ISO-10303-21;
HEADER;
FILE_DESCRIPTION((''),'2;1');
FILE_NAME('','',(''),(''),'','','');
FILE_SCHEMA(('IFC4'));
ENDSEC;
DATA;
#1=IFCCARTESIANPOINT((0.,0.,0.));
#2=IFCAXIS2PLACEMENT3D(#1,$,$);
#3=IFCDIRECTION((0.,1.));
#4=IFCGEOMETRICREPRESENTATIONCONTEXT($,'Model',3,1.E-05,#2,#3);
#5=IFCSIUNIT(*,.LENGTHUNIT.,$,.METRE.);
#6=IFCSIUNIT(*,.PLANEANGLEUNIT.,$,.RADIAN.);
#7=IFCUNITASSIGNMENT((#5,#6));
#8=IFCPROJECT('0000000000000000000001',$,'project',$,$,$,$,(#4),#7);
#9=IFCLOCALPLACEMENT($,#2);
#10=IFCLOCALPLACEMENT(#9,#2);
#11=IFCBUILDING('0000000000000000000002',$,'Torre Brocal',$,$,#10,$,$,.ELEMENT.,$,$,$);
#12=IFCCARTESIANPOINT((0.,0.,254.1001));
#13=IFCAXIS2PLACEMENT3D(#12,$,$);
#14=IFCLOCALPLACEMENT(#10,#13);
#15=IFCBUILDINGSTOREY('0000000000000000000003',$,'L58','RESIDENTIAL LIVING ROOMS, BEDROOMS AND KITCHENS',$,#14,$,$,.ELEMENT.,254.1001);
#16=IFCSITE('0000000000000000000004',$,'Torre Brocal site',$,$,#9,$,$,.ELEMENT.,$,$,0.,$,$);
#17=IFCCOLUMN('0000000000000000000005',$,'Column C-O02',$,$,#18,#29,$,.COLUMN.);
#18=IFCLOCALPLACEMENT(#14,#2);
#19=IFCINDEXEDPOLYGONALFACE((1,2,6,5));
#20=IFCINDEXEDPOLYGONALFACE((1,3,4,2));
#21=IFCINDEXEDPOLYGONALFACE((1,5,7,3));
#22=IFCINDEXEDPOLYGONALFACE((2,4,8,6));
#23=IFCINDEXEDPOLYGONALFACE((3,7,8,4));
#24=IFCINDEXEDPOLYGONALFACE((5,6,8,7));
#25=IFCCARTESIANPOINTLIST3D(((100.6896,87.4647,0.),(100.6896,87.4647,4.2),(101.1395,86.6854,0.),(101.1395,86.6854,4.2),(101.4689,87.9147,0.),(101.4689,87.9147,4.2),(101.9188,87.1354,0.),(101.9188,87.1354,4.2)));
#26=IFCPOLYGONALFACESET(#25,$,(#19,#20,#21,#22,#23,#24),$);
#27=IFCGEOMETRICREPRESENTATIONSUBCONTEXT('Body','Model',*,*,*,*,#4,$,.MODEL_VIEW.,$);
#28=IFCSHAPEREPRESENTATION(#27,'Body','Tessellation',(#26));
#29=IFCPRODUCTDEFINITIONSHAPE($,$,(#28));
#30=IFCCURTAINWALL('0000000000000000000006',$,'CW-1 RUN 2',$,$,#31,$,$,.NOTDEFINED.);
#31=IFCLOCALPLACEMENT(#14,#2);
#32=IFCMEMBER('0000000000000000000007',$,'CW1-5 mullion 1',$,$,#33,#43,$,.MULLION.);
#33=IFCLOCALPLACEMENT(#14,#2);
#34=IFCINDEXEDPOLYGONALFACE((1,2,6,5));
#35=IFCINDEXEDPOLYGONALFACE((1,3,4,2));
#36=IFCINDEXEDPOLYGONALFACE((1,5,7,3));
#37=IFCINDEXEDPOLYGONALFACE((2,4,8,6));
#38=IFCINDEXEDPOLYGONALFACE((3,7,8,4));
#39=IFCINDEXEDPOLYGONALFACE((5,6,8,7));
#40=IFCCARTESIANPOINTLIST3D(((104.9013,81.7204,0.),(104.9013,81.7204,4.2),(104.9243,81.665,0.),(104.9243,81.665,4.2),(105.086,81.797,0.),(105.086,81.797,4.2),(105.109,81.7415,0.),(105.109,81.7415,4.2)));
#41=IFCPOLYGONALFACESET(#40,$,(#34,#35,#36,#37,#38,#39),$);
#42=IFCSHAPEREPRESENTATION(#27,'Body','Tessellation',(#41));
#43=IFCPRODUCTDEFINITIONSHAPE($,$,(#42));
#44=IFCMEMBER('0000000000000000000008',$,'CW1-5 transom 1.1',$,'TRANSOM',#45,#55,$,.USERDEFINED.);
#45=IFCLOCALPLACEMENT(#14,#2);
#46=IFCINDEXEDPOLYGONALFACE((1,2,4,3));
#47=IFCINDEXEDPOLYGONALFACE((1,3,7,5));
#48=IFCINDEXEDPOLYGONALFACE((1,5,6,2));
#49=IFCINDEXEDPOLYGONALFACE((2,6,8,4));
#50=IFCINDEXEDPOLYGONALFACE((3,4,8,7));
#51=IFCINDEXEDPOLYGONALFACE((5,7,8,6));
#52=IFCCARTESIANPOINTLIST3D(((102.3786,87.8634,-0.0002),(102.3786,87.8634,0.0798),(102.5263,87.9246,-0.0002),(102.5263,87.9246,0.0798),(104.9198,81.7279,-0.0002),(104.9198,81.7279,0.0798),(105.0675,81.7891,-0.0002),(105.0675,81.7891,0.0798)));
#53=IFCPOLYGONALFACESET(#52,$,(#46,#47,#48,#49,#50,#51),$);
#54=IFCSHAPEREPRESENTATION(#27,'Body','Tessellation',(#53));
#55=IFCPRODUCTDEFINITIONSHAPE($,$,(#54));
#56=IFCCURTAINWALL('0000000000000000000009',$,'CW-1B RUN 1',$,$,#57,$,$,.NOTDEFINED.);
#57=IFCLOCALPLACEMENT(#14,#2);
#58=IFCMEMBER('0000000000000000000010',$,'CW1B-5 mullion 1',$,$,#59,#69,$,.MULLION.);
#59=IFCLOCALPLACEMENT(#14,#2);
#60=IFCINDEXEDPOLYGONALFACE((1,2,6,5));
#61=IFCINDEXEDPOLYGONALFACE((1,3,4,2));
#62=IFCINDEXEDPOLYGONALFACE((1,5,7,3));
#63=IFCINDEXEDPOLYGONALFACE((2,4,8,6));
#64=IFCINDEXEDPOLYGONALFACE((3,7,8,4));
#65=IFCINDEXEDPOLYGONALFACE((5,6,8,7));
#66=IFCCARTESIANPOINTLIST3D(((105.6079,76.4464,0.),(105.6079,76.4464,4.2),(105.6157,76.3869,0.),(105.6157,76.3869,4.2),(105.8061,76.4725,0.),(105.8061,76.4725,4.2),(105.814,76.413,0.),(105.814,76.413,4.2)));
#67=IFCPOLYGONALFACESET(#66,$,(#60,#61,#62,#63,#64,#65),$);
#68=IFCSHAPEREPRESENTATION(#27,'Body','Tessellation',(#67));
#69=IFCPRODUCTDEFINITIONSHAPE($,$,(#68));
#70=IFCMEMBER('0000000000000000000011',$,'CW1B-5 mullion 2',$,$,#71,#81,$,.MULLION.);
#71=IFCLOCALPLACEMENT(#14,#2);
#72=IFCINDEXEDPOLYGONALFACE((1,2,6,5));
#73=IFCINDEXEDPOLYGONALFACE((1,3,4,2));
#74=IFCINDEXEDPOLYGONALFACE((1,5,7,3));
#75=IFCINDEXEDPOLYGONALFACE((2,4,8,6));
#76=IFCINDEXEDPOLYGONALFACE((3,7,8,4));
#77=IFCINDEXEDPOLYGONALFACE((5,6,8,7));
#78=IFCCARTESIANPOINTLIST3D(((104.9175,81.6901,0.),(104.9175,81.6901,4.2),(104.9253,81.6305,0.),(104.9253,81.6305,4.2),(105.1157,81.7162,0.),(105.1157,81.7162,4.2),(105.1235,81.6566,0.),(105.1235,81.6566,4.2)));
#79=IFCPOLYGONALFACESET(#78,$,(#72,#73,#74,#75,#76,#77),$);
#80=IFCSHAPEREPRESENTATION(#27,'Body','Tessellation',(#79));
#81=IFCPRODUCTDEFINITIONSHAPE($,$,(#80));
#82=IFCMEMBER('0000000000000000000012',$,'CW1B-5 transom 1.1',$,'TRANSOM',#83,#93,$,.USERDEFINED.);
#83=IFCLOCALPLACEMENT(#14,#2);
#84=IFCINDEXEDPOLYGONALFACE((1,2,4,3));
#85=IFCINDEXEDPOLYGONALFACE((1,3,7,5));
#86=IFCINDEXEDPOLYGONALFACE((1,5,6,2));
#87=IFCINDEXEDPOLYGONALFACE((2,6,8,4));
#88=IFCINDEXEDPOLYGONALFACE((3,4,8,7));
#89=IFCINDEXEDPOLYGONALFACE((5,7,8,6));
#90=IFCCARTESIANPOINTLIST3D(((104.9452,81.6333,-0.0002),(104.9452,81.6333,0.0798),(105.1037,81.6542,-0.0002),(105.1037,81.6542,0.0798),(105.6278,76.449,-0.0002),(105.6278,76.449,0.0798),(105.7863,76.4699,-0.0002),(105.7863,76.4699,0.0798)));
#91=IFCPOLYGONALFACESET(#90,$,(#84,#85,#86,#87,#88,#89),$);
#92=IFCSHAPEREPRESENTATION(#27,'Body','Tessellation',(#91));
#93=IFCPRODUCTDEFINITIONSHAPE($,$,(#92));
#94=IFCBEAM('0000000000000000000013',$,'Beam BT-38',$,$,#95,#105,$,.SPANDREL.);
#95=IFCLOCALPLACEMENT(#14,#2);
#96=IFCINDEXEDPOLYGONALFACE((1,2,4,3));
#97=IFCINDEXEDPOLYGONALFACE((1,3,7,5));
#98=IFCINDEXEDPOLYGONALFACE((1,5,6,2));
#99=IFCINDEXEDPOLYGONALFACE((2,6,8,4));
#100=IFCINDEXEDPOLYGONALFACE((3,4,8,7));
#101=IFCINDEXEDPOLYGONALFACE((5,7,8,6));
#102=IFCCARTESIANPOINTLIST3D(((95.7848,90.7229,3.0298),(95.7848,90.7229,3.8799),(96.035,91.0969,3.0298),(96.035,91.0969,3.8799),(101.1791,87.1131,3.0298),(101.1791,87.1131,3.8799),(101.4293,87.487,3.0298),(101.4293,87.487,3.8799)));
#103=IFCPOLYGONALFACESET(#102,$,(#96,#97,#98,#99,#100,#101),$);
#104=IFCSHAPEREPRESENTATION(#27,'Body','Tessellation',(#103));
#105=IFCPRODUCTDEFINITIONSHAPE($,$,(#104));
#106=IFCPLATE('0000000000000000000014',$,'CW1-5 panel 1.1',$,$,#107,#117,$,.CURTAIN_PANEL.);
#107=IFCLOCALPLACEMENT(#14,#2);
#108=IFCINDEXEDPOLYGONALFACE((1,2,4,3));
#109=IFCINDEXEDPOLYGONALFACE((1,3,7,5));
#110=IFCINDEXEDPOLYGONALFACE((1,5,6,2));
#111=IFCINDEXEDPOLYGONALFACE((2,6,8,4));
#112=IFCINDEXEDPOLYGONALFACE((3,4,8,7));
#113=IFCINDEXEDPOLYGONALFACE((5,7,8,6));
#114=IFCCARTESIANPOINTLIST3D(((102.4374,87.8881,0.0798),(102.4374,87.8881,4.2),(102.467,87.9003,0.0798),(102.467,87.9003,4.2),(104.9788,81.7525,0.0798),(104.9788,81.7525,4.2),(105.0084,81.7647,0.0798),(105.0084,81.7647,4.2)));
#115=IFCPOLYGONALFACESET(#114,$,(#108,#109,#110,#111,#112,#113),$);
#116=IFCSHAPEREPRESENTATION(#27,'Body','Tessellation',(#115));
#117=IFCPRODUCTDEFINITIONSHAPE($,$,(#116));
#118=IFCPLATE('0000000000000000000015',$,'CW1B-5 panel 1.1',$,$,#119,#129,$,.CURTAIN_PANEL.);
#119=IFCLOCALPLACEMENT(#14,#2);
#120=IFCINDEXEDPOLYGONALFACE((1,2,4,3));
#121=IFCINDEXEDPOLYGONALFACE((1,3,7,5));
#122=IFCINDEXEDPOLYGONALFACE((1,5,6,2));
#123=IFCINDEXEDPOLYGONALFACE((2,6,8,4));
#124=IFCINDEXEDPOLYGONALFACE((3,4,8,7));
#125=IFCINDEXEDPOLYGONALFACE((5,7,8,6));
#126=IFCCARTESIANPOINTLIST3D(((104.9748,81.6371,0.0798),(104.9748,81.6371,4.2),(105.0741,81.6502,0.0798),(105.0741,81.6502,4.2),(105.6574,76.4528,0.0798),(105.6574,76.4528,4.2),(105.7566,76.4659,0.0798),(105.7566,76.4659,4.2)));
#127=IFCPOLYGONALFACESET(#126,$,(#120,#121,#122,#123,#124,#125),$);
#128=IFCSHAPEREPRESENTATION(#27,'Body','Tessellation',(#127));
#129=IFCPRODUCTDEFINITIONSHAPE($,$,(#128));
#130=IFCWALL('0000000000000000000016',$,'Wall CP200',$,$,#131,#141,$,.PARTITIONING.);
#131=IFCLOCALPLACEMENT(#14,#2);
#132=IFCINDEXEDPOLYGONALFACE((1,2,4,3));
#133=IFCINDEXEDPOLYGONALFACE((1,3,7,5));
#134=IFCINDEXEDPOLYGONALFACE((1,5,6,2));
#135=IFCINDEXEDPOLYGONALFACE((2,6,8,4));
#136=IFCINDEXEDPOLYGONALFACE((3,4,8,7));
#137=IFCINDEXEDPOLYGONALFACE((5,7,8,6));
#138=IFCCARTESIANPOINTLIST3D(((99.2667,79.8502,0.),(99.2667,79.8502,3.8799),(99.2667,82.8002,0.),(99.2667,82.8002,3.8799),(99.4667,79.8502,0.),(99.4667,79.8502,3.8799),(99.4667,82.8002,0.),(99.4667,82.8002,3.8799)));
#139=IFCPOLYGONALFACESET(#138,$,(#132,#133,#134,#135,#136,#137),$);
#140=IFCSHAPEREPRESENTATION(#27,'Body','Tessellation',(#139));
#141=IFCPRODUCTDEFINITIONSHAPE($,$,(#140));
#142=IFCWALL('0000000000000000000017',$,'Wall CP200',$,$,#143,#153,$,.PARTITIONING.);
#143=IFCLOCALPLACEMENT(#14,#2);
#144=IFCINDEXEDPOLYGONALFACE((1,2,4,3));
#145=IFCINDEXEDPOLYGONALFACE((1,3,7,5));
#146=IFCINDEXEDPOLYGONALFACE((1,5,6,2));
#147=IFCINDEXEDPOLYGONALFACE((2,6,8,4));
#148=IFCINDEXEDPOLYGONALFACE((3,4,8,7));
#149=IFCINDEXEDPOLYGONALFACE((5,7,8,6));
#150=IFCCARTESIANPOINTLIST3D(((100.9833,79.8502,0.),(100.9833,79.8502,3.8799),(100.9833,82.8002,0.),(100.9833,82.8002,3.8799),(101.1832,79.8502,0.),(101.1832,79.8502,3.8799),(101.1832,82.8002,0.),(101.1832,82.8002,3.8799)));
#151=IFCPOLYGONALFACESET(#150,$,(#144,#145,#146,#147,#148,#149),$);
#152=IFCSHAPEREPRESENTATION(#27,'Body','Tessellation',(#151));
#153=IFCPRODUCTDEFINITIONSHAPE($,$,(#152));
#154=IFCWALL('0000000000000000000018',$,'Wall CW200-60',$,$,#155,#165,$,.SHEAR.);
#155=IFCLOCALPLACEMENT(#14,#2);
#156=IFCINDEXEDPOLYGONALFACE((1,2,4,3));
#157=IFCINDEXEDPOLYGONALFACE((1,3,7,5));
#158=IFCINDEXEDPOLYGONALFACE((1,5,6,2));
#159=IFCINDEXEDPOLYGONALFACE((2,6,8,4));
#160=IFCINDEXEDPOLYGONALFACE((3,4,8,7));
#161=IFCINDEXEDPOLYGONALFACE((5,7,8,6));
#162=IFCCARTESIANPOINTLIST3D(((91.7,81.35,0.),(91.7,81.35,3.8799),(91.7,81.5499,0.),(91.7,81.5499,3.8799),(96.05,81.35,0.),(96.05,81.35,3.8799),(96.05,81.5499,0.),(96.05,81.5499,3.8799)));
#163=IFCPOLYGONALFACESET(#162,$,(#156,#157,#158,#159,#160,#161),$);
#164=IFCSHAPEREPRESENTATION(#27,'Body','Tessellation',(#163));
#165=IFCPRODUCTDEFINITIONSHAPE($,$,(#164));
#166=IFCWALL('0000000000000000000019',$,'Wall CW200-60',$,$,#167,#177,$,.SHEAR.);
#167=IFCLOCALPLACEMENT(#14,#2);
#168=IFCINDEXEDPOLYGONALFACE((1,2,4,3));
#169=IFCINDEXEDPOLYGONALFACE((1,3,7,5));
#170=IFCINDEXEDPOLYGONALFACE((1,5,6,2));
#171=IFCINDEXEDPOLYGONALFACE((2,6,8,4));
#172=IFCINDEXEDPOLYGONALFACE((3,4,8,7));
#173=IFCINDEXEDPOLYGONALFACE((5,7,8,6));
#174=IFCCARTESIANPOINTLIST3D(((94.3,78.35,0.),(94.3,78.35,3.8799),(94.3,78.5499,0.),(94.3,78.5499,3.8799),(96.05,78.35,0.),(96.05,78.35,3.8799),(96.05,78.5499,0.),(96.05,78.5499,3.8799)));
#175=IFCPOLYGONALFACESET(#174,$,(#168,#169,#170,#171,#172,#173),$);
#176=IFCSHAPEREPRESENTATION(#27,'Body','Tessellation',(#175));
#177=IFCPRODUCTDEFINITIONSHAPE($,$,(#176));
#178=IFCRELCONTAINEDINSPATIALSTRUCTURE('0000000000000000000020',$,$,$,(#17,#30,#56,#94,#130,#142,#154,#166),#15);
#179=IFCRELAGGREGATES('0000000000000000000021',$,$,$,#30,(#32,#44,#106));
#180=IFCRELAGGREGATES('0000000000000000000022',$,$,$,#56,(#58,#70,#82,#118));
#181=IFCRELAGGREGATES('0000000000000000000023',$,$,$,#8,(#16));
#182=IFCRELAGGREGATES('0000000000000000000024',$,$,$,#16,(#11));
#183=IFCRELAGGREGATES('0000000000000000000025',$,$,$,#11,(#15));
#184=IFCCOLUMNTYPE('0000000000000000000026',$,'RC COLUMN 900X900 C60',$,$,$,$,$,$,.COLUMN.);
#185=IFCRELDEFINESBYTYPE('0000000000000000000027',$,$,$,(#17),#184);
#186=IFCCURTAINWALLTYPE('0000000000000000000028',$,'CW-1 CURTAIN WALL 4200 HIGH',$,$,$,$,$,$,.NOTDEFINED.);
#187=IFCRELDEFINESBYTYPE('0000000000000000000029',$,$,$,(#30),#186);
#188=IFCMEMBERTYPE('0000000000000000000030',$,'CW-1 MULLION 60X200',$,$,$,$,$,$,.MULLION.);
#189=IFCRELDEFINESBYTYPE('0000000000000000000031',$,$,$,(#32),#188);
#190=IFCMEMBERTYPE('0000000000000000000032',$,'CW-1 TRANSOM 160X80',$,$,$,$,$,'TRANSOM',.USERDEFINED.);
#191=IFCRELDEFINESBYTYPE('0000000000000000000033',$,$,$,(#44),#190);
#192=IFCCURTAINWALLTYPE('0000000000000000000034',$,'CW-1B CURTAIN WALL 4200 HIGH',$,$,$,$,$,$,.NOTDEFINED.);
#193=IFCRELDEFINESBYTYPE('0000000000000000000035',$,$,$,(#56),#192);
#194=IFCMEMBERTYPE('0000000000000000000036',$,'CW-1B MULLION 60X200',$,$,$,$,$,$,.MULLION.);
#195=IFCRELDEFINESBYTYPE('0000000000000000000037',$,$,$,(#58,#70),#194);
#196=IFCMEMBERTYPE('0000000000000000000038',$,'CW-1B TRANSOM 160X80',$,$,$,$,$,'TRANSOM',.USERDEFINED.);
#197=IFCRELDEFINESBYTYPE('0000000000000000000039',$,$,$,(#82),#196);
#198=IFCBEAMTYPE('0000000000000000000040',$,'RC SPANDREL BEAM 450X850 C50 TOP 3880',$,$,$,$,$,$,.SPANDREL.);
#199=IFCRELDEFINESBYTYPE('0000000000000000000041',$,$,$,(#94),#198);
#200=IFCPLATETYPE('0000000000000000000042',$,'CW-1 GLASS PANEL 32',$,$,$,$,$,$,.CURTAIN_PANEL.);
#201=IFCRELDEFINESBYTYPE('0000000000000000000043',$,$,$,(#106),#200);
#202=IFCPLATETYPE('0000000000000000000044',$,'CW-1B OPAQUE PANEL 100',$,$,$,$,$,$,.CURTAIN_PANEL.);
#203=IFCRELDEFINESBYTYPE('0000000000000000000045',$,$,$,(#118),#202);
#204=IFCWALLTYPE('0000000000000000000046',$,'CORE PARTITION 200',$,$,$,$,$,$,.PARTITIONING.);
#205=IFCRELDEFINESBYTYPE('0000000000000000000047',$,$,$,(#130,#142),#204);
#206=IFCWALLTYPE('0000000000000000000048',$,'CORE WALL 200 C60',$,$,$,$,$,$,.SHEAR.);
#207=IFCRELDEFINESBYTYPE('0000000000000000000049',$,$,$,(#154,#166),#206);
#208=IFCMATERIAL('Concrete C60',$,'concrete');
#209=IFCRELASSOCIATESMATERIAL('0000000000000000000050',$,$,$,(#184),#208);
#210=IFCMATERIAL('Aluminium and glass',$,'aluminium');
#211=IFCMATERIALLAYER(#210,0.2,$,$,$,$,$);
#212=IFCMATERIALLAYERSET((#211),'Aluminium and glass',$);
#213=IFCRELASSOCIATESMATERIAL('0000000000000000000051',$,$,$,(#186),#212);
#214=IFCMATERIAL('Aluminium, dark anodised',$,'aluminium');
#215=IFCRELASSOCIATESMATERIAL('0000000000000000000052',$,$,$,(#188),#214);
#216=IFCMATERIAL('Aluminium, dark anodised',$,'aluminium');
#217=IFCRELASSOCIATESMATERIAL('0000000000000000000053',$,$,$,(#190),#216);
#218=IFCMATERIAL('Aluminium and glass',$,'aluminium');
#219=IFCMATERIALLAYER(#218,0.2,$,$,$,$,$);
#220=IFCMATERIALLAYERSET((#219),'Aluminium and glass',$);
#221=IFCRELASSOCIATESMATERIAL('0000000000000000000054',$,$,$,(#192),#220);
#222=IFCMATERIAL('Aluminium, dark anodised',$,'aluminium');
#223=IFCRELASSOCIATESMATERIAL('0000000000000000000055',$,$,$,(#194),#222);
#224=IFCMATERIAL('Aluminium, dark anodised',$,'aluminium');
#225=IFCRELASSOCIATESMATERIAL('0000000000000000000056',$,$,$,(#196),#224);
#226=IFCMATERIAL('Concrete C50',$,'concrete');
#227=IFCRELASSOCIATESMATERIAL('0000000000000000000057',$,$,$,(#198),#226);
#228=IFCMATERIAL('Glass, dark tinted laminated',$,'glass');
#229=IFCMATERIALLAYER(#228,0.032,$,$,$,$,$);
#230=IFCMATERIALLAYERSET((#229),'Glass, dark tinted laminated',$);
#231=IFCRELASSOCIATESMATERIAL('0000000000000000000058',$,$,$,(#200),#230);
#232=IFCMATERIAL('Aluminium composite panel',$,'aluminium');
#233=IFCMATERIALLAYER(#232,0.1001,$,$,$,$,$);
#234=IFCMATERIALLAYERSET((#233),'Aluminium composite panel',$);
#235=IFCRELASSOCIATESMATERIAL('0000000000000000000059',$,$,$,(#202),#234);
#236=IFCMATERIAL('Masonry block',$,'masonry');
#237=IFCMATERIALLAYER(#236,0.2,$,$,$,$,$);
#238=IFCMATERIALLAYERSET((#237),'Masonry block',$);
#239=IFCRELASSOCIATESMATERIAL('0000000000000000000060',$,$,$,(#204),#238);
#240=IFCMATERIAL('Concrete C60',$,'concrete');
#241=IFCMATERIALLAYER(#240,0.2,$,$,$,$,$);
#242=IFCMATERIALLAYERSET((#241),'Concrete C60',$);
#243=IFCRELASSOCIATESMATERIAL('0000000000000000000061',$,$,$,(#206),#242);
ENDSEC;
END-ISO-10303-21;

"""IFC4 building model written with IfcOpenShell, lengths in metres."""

from ifc_helpers import new_model, si_unit, direction, frame, frame_2d, origin, origin_2d, place, context, subcontext, project, spatial, rectangle, extrude, material, layer, layer_set, material_profile, profile_set, type_object, element, aggregate, save


model = new_model("IFC4")

# Units and contexts
model_context = context("Model", 3, precision=1e-05, world=origin(), true_north=direction((0.0, 1.0)))
body_context = subcontext(model_context, "Body", "Model", "MODEL_VIEW")
ifc_project = project(units=[si_unit("LENGTHUNIT", "METRE"), si_unit("PLANEANGLEUNIT", "RADIAN")], contexts=[model_context])

# Site, building, storey
site_placement = place(None, origin())
site = spatial("IfcSite", under=ifc_project, at=site_placement, Name="Torre Brocal site", CompositionType="ELEMENT", RefElevation=0.0)
building_placement = place(site_placement, origin())
building = spatial("IfcBuilding", under=site, at=building_placement, Name="Torre Brocal", CompositionType="ELEMENT")
storey_placement = place(building_placement, frame((0.0, 0.0, 254.1001)))
storey = spatial("IfcBuildingStorey", under=building, at=storey_placement, Name="L58", Description="RESIDENTIAL LIVING ROOMS, BEDROOMS AND KITCHENS", CompositionType="ELEMENT", Elevation=254.1001)

# Column
ifc_material_1 = material(Name="Concrete C60", Category="concrete")
ifc_material_profile_1 = material_profile(ifc_material_1, rectangle(XDim=0.8999, YDim=0.8999, at=origin_2d()), Name="RC 900X900")
ifc_profile_set_1 = profile_set([ifc_material_profile_1], Name="Concrete C60")
column_type = type_object("IfcColumnType", Name="RC COLUMN 900X900 C60", PredefinedType="COLUMN", material=ifc_profile_set_1)
column_placement = place(storey_placement, frame((101.3042, 87.3, 0.0), z_axis=(0.0, 0.0, 1.0), x_axis=(0.866025, 0.5, 0.0)))
element("IfcColumn", 1, at=column_placement, inside=storey, type_object=column_type, Name="Column C-O02", PredefinedType="COLUMN", context=body_context, shape_type="SweptSolid", body=[
    extrude(rectangle(XDim=0.8999, YDim=0.8999, at=origin_2d()), origin(), (0.0, 0.0, 1.0), 4.2),
])

# Curtain walls, members
ifc_material_2 = material(Name="Aluminium and glass", Category="aluminium")
ifc_layer_1 = layer(ifc_material_2, 0.2)
ifc_layer_set_1 = layer_set([ifc_layer_1], Name="Aluminium and glass")
curtain_wall_type_1 = type_object("IfcCurtainWallType", Name="CW-1 CURTAIN WALL 4200 HIGH", PredefinedType="NOTDEFINED", material=ifc_layer_set_1)
curtain_wall_1_placement = place(storey_placement, origin())
curtain_wall_1 = element("IfcCurtainWall", 2, at=curtain_wall_1_placement, inside=storey, type_object=curtain_wall_type_1, Name="CW-1 RUN 2", PredefinedType="NOTDEFINED")
ifc_material_3 = material(Name="Aluminium, dark anodised", Category="aluminium")
ifc_material_profile_2 = material_profile(ifc_material_3, rectangle(XDim=0.2, YDim=0.0601, at=origin_2d()), Name="CW-1 MULLION 60X200")
ifc_profile_set_2 = profile_set([ifc_material_profile_2], Name="Aluminium, dark anodised")
member_type_1 = type_object("IfcMemberType", Name="CW-1 MULLION 60X200", PredefinedType="MULLION", material=ifc_profile_set_2)
member_1_placement = place(storey_placement, frame((105.0051, 81.731, 0.0), z_axis=(0.0, 0.0, 1.0), x_axis=(-0.92388, -0.382683, 0.0)))
member_1 = element("IfcMember", 3, at=member_1_placement, type_object=member_type_1, Name="CW1-5 mullion 1", PredefinedType="MULLION", context=body_context, shape_type="SweptSolid", body=[
    extrude(rectangle(XDim=0.2, YDim=0.0601, at=origin_2d()), origin(), (0.0, 0.0, 1.0), 4.2),
])
ifc_material_4 = material(Name="Aluminium, dark anodised", Category="aluminium")
ifc_material_profile_3 = material_profile(ifc_material_4, rectangle(XDim=0.1599, YDim=0.0801, at=origin_2d()), Name="CW-1 TRANSOM 160X80")
ifc_profile_set_3 = profile_set([ifc_material_profile_3], Name="Aluminium, dark anodised")
member_type_2 = type_object("IfcMemberType", Name="CW-1 TRANSOM 160X80", ElementType="TRANSOM", PredefinedType="USERDEFINED", material=ifc_profile_set_3)
member_2_placement = place(storey_placement, frame((104.9937, 81.7585, 0.0398), z_axis=(-0.382665, 0.923887, 0.0), x_axis=(-0.923887, -0.382665, 0.0)))
member_2 = element("IfcMember", 4, at=member_2_placement, type_object=member_type_2, Name="CW1-5 transom 1.1", ObjectType="TRANSOM", PredefinedType="USERDEFINED", context=body_context, shape_type="SweptSolid", body=[
    extrude(rectangle(XDim=0.1599, YDim=0.0801, at=origin_2d()), origin(), (0.0, 0.0, 1.0), 6.6409),
])
ifc_material_5 = material(Name="Aluminium and glass", Category="aluminium")
ifc_layer_2 = layer(ifc_material_5, 0.2)
ifc_layer_set_2 = layer_set([ifc_layer_2], Name="Aluminium and glass")
curtain_wall_type_2 = type_object("IfcCurtainWallType", Name="CW-1B CURTAIN WALL 4200 HIGH", PredefinedType="NOTDEFINED", material=ifc_layer_set_2)
curtain_wall_2_placement = place(storey_placement, origin())
curtain_wall_2 = element("IfcCurtainWall", 5, at=curtain_wall_2_placement, inside=storey, type_object=curtain_wall_type_2, Name="CW-1B RUN 1", PredefinedType="NOTDEFINED")
ifc_material_6 = material(Name="Aluminium, dark anodised", Category="aluminium")
ifc_material_profile_4 = material_profile(ifc_material_6, rectangle(XDim=0.2, YDim=0.0601, at=origin_2d()), Name="CW-1B MULLION 60X200")
ifc_profile_set_4 = profile_set([ifc_material_profile_4], Name="Aluminium, dark anodised")
member_type_3 = type_object("IfcMemberType", Name="CW-1B MULLION 60X200", PredefinedType="MULLION", material=ifc_profile_set_4)
member_3_placement = place(storey_placement, frame((105.7109, 76.4297, 0.0), z_axis=(0.0, 0.0, 1.0), x_axis=(-0.991445, -0.130526, 0.0)))
member_3 = element("IfcMember", 6, at=member_3_placement, type_object=member_type_3, Name="CW1B-5 mullion 1", PredefinedType="MULLION", context=body_context, shape_type="SweptSolid", body=[
    extrude(rectangle(XDim=0.2, YDim=0.0601, at=origin_2d()), origin(), (0.0, 0.0, 1.0), 4.2),
])
member_4_placement = place(storey_placement, frame((105.0205, 81.6733, 0.0), z_axis=(0.0, 0.0, 1.0), x_axis=(-0.991445, -0.130526, 0.0)))
member_4 = element("IfcMember", 7, at=member_4_placement, type_object=member_type_3, Name="CW1B-5 mullion 2", PredefinedType="MULLION", context=body_context, shape_type="SweptSolid", body=[
    extrude(rectangle(XDim=0.2, YDim=0.0601, at=origin_2d()), origin(), (0.0, 0.0, 1.0), 4.2),
])
ifc_material_7 = material(Name="Aluminium, dark anodised", Category="aluminium")
ifc_material_profile_5 = material_profile(ifc_material_7, rectangle(XDim=0.1599, YDim=0.0801, at=origin_2d()), Name="CW-1B TRANSOM 160X80")
ifc_profile_set_5 = profile_set([ifc_material_profile_5], Name="Aluminium, dark anodised")
member_type_4 = type_object("IfcMemberType", Name="CW-1B TRANSOM 160X80", ElementType="TRANSOM", PredefinedType="USERDEFINED", material=ifc_profile_set_5)
member_5_placement = place(storey_placement, frame((105.707, 76.4595, 0.0398), z_axis=(-0.130543, 0.991443, 0.0), x_axis=(-0.991443, -0.130543, 0.0)))
member_5 = element("IfcMember", 8, at=member_5_placement, type_object=member_type_4, Name="CW1B-5 transom 1.1", ObjectType="TRANSOM", PredefinedType="USERDEFINED", context=body_context, shape_type="SweptSolid", body=[
    extrude(rectangle(XDim=0.1599, YDim=0.0801, at=origin_2d()), origin(), (0.0, 0.0, 1.0), 5.229),
])

# Beam
ifc_material_8 = material(Name="Concrete C50", Category="concrete")
ifc_material_profile_6 = material_profile(ifc_material_8, rectangle(XDim=0.45, YDim=0.8501, at=origin_2d()), Name="RC 450X850")
ifc_profile_set_6 = profile_set([ifc_material_profile_6], Name="Concrete C50")
beam_type = type_object("IfcBeamType", Name="RC SPANDREL BEAM 450X850 C50 TOP 3880", PredefinedType="SPANDREL", material=ifc_profile_set_6)
beam_placement = place(storey_placement, frame((101.3042, 87.3, 3.4548), z_axis=(-0.831077, 0.556158, 0.0), x_axis=(-0.556158, -0.831077, 0.0)))
element("IfcBeam", 9, at=beam_placement, inside=storey, type_object=beam_type, Name="Beam BT-38", PredefinedType="SPANDREL", context=body_context, shape_type="SweptSolid", body=[
    extrude(rectangle(XDim=0.45, YDim=0.8501, at=origin_2d()), origin(), (0.0, 0.0, 1.0), 6.4907),
])

# Plates
ifc_material_9 = material(Name="Glass, dark tinted laminated", Category="glass")
ifc_layer_3 = layer(ifc_material_9, 0.032)
ifc_layer_set_3 = layer_set([ifc_layer_3], Name="Glass, dark tinted laminated")
plate_type_1 = type_object("IfcPlateType", Name="CW-1 GLASS PANEL 32", PredefinedType="CURTAIN_PANEL", material=ifc_layer_set_3)
plate_1_placement = place(storey_placement, frame((103.7229, 84.8264, 0.0798), z_axis=(0.0, 0.0, 1.0), x_axis=(-0.382683, 0.92388, 0.0)))
plate_1 = element("IfcPlate", 10, at=plate_1_placement, type_object=plate_type_1, Name="CW1-5 panel 1.1", PredefinedType="CURTAIN_PANEL", context=body_context, shape_type="SweptSolid", body=[
    extrude(rectangle(XDim=6.6411, YDim=0.032, at=origin_2d()), origin(), (0.0, 0.0, 1.0), 4.1201),
])
aggregate(curtain_wall_1, [member_1, member_2, plate_1])
ifc_material_10 = material(Name="Aluminium composite panel", Category="aluminium")
ifc_layer_4 = layer(ifc_material_10, 0.1001)
ifc_layer_set_4 = layer_set([ifc_layer_4], Name="Aluminium composite panel")
plate_type_2 = type_object("IfcPlateType", Name="CW-1B OPAQUE PANEL 100", PredefinedType="CURTAIN_PANEL", material=ifc_layer_set_4)
plate_2_placement = place(storey_placement, frame((105.3657, 79.0515, 0.0798), z_axis=(0.0, 0.0, 1.0), x_axis=(-0.130526, 0.991445, 0.0)))
plate_2 = element("IfcPlate", 11, at=plate_2_placement, type_object=plate_type_2, Name="CW1B-5 panel 1.1", PredefinedType="CURTAIN_PANEL", context=body_context, shape_type="SweptSolid", body=[
    extrude(rectangle(XDim=5.229, YDim=0.1001, at=origin_2d()), origin(), (0.0, 0.0, 1.0), 4.1201),
])
aggregate(curtain_wall_2, [member_3, member_4, member_5, plate_2])

# Walls
ifc_material_11 = material(Name="Masonry block", Category="masonry")
ifc_layer_5 = layer(ifc_material_11, 0.2)
ifc_layer_set_5 = layer_set([ifc_layer_5], Name="Masonry block")
wall_type_1 = type_object("IfcWallType", Name="CORE PARTITION 200", PredefinedType="PARTITIONING", material=ifc_layer_set_5)
for number, where, z_axis, x_axis, name in (
    (12, (99.3667, 79.8501, 0.0), (0.0, 0.0, 1.0), (0.0, 1.0, 0.0), "Wall CP200"),
    (13, (101.0833, 79.8501, 0.0), (0.0, 0.0, 1.0), (0.0, 1.0, 0.0), "Wall CP200"),
):
    element("IfcWall", number, at=place(storey_placement, frame(where, z_axis=z_axis, x_axis=x_axis)), inside=storey, type_object=wall_type_1, Name=name, PredefinedType="PARTITIONING", context=body_context, shape_type="SweptSolid", body=[
        extrude(rectangle(XDim=2.95, YDim=0.2, at=frame_2d((1.4751, 0.0))), origin(), (0.0, 0.0, 1.0), 3.8799),
    ])
ifc_material_12 = material(Name="Concrete C60", Category="concrete")
ifc_layer_6 = layer(ifc_material_12, 0.2)
ifc_layer_set_6 = layer_set([ifc_layer_6], Name="Concrete C60")
wall_type_2 = type_object("IfcWallType", Name="CORE WALL 200 C60", PredefinedType="SHEAR", material=ifc_layer_set_6)
wall_1_placement = place(storey_placement, frame((91.7, 81.45, 0.0), z_axis=(0.0, 0.0, 1.0), x_axis=(1.0, 0.0, 0.0)))
element("IfcWall", 14, at=wall_1_placement, inside=storey, type_object=wall_type_2, Name="Wall CW200-60", PredefinedType="SHEAR", context=body_context, shape_type="SweptSolid", body=[
    extrude(rectangle(XDim=4.3501, YDim=0.2, at=frame_2d((2.175, 0.0))), origin(), (0.0, 0.0, 1.0), 3.8799),
])
wall_2_placement = place(storey_placement, frame((94.3, 78.45, 0.0), z_axis=(0.0, 0.0, 1.0), x_axis=(1.0, 0.0, 0.0)))
element("IfcWall", 15, at=wall_2_placement, inside=storey, type_object=wall_type_2, Name="Wall CW200-60", PredefinedType="SHEAR", context=body_context, shape_type="SweptSolid", body=[
    extrude(rectangle(XDim=1.75, YDim=0.2, at=frame_2d((0.875, 0.0))), origin(), (0.0, 0.0, 1.0), 3.8799),
])

save(model, "model.ifc")
